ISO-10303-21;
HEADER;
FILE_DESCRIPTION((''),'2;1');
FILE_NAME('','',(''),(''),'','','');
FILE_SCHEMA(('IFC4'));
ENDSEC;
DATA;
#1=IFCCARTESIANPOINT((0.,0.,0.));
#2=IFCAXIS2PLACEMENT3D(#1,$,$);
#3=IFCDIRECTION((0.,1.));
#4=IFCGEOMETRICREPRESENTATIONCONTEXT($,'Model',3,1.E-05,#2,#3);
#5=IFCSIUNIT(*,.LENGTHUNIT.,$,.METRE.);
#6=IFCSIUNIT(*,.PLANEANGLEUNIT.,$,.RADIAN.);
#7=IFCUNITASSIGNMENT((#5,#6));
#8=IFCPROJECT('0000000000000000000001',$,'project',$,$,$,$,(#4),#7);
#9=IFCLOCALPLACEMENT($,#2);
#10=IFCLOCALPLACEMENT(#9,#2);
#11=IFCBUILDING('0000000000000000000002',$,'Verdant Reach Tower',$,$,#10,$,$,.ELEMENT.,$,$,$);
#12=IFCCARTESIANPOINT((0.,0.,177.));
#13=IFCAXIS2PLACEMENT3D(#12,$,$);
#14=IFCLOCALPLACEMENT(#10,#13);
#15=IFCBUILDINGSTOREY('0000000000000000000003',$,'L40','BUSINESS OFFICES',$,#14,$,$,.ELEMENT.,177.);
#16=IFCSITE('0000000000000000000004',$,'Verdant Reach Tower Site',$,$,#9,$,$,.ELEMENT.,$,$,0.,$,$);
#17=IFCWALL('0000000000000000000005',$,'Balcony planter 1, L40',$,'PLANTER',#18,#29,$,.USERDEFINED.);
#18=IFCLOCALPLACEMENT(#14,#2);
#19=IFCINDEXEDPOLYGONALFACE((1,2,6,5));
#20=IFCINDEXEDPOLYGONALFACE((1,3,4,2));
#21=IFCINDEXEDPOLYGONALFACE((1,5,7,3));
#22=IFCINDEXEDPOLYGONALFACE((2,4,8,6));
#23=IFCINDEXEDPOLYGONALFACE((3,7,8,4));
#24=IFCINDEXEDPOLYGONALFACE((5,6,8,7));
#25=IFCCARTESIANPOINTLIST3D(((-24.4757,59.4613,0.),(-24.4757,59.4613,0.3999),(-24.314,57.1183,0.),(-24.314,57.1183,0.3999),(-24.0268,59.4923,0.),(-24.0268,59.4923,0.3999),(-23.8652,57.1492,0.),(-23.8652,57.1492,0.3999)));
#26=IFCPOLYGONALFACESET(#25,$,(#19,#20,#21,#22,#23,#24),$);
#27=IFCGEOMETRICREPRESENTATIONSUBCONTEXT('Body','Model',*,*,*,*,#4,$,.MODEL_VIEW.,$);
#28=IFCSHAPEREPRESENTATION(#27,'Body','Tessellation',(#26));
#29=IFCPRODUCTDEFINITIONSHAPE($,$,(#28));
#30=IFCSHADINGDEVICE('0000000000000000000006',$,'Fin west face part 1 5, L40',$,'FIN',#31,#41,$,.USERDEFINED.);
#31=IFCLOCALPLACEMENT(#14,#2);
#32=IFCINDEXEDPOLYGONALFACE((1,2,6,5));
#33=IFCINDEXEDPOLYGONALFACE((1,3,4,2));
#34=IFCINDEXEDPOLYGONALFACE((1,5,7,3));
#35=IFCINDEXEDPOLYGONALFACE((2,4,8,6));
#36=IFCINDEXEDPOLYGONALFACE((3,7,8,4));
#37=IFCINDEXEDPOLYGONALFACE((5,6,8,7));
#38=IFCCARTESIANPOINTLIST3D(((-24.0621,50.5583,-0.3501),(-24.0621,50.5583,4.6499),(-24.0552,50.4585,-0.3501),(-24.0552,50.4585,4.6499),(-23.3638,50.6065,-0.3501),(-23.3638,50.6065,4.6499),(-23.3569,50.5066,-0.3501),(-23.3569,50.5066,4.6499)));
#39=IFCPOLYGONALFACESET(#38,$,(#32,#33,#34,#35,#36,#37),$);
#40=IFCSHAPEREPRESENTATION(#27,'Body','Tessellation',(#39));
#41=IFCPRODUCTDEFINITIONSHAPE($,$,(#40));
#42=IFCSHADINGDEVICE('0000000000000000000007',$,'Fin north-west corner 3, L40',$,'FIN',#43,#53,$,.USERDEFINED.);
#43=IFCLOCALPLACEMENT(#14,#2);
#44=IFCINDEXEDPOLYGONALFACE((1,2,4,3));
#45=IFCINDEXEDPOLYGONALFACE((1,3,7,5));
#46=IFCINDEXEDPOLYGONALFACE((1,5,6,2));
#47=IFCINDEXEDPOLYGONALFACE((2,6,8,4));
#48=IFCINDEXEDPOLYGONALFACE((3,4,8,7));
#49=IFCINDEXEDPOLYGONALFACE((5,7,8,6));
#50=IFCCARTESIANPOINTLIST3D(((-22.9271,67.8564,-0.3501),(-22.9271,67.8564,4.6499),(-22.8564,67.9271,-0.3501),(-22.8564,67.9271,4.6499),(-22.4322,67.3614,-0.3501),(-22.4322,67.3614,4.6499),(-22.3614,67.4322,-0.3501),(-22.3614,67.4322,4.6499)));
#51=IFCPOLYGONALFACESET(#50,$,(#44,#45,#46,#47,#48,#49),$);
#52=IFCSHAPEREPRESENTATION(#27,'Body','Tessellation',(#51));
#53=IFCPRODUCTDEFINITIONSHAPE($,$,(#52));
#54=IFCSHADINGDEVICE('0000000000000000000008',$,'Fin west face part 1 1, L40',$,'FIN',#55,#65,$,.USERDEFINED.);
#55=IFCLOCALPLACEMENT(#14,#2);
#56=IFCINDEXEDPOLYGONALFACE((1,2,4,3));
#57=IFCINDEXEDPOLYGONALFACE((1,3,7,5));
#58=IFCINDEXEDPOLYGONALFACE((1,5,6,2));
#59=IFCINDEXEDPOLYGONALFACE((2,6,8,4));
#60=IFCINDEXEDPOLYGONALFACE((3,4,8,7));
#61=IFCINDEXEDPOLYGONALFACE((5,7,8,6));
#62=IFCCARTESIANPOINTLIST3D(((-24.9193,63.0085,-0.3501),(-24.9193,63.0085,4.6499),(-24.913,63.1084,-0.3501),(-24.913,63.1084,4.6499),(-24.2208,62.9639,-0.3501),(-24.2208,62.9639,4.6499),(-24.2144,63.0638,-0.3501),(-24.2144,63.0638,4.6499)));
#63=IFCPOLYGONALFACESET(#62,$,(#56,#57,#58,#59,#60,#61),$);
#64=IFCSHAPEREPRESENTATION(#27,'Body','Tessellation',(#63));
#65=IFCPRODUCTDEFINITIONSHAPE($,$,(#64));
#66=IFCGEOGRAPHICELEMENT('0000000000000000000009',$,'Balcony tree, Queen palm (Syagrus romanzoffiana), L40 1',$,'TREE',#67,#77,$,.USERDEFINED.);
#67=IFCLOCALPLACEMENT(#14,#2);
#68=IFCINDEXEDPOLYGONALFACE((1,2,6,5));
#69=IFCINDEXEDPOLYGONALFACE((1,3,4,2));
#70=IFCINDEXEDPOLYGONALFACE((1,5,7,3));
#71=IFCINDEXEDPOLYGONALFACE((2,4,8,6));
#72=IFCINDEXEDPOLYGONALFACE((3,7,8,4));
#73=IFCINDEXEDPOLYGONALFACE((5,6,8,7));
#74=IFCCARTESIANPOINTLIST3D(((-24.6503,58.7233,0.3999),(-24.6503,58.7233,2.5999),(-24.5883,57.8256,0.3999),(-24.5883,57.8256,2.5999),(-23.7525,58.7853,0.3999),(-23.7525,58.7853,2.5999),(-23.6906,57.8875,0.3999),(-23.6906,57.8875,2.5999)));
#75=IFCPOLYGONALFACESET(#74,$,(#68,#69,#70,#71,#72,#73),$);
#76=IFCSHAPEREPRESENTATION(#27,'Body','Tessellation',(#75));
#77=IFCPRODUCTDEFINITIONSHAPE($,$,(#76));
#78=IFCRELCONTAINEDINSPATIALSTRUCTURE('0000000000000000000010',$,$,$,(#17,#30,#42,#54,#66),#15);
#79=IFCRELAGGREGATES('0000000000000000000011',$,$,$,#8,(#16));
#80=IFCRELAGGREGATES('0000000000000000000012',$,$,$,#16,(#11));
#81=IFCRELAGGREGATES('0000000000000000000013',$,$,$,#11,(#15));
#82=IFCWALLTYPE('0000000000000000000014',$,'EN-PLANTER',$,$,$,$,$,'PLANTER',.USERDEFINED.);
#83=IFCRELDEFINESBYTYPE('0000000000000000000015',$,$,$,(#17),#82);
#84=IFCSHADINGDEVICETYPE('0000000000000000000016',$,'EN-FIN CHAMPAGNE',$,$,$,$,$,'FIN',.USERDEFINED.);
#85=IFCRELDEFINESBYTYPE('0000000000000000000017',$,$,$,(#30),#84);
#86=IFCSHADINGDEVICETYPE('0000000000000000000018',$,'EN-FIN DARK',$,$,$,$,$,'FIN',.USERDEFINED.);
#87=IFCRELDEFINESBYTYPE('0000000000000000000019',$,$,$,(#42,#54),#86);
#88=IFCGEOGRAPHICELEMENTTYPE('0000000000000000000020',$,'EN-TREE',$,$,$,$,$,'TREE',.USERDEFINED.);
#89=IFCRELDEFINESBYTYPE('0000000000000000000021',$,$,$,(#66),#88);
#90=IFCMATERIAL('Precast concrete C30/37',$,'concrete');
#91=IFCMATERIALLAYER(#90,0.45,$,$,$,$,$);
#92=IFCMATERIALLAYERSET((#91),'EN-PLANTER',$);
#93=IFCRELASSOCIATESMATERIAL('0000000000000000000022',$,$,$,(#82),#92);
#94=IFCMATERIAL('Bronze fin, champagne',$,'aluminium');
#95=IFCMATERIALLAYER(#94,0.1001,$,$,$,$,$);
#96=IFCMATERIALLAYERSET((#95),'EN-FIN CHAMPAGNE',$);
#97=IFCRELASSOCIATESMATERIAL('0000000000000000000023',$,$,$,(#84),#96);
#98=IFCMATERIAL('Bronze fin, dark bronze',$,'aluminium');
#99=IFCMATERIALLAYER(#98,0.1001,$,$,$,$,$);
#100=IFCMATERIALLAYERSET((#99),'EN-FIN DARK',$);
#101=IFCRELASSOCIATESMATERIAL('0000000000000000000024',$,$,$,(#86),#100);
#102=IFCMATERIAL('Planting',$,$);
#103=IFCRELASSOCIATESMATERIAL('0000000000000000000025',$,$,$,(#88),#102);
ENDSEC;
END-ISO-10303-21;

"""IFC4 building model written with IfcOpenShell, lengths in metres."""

from ifc_helpers import new_model, si_unit, direction, frame, frame_2d, origin, origin_2d, place, context, subcontext, project, spatial, rectangle, extrude, material, layer, layer_set, type_object, element, save


model = new_model("IFC4")

# Units and contexts
model_context = context("Model", 3, precision=1e-05, world=origin(), true_north=direction((0.0, 1.0)))
body_context = subcontext(model_context, "Body", "Model", "MODEL_VIEW")
ifc_project = project(units=[si_unit("LENGTHUNIT", "METRE"), si_unit("PLANEANGLEUNIT", "RADIAN")], contexts=[model_context])

# Site, building, storey
site_placement = place(None, origin())
site = spatial("IfcSite", under=ifc_project, at=site_placement, Name="Verdant Reach Tower Site", CompositionType="ELEMENT", RefElevation=0.0)
building_placement = place(site_placement, origin())
building = spatial("IfcBuilding", under=site, at=building_placement, Name="Verdant Reach Tower", CompositionType="ELEMENT")
storey_placement = place(building_placement, frame((0.0, 0.0, 177.0)))
storey = spatial("IfcBuildingStorey", under=building, at=storey_placement, Name="L40", Description="BUSINESS OFFICES", CompositionType="ELEMENT", Elevation=177.0)

# Wall
ifc_material_1 = material(Name="Precast concrete C30/37", Category="concrete")
ifc_layer_1 = layer(ifc_material_1, 0.45)
ifc_layer_set_1 = layer_set([ifc_layer_1], Name="EN-PLANTER")
wall_type_1 = type_object("IfcWallType", Name="EN-PLANTER", ElementType="PLANTER", PredefinedType="USERDEFINED", material=ifc_layer_set_1)
wall_1_placement = place(storey_placement, frame((-24.2512, 59.4768, 0.0), z_axis=(0.0, 0.0, 1.0), x_axis=(0.068816, -0.997629, 0.0)))
element("IfcWall", 1, at=wall_1_placement, inside=storey, type_object=wall_type_1, Name="Balcony planter 1, L40", ObjectType="PLANTER", PredefinedType="USERDEFINED", context=body_context, shape_type="SweptSolid", body=[
    extrude(rectangle(XDim=2.3486, YDim=0.45, at=frame_2d((1.1743, 0.0))), origin(), (0.0, 0.0, 1.0), 0.3999),
])

# Shading devices
ifc_material_2 = material(Name="Bronze fin, champagne", Category="aluminium")
ifc_layer_2 = layer(ifc_material_2, 0.1001)
ifc_layer_set_2 = layer_set([ifc_layer_2], Name="EN-FIN CHAMPAGNE")
shading_device_type_1 = type_object("IfcShadingDeviceType", Name="EN-FIN CHAMPAGNE", ElementType="FIN", PredefinedType="USERDEFINED", material=ifc_layer_set_2)
shading_device_placement = place(storey_placement, frame((-23.7095, 50.5325, -0.3501), z_axis=(0.0, 0.0, 1.0), x_axis=(0.068802, -0.99763, 0.0)))
element("IfcShadingDevice", 2, at=shading_device_placement, inside=storey, type_object=shading_device_type_1, Name="Fin west face part 1 5, L40", ObjectType="FIN", PredefinedType="USERDEFINED", context=body_context, shape_type="SweptSolid", body=[
    extrude(rectangle(XDim=0.1001, YDim=0.7, at=origin_2d()), origin(), (0.0, 0.0, 1.0), 5.0),
])
ifc_material_3 = material(Name="Bronze fin, dark bronze", Category="aluminium")
ifc_layer_3 = layer(ifc_material_3, 0.1001)
ifc_layer_set_3 = layer_set([ifc_layer_3], Name="EN-FIN DARK")
shading_device_type_2 = type_object("IfcShadingDeviceType", Name="EN-FIN DARK", ElementType="FIN", PredefinedType="USERDEFINED", material=ifc_layer_set_3)
for number, where, z_axis, x_axis, name in (
    (3, (-22.6443, 67.6443, -0.3501), (0.0, 0.0, 1.0), (-0.707107, -0.707107, 0.0), "Fin north-west corner 3, L40"),
    (4, (-24.5669, 63.0361, -0.3501), (0.0, 0.0, 1.0), (-0.063699, -0.997969, 0.0), "Fin west face part 1 1, L40"),
):
    element("IfcShadingDevice", number, at=place(storey_placement, frame(where, z_axis=z_axis, x_axis=x_axis)), inside=storey, type_object=shading_device_type_2, Name=name, ObjectType="FIN", PredefinedType="USERDEFINED", context=body_context, shape_type="SweptSolid", body=[
        extrude(rectangle(XDim=0.1001, YDim=0.7, at=origin_2d()), origin(), (0.0, 0.0, 1.0), 5.0),
    ])

# Geographic element
ifc_material_4 = material(Name="Planting")
geographic_element_type = type_object("IfcGeographicElementType", Name="EN-TREE", ElementType="TREE", PredefinedType="USERDEFINED", material=ifc_material_4)
geographic_element_placement = place(storey_placement, frame((-24.1704, 58.3054, 0.3999), z_axis=(0.0, 0.0, 1.0), x_axis=(0.068802, -0.99763, 0.0)))
element("IfcGeographicElement", 5, at=geographic_element_placement, inside=storey, type_object=geographic_element_type, Name="Balcony tree, Queen palm (Syagrus romanzoffiana), L40 1", ObjectType="TREE", PredefinedType="USERDEFINED", context=body_context, shape_type="SweptSolid", body=[
    extrude(rectangle(XDim=0.8999, YDim=0.8999, at=origin_2d()), origin(), (0.0, 0.0, 1.0), 2.2),
])

save(model, "model.ifc")
